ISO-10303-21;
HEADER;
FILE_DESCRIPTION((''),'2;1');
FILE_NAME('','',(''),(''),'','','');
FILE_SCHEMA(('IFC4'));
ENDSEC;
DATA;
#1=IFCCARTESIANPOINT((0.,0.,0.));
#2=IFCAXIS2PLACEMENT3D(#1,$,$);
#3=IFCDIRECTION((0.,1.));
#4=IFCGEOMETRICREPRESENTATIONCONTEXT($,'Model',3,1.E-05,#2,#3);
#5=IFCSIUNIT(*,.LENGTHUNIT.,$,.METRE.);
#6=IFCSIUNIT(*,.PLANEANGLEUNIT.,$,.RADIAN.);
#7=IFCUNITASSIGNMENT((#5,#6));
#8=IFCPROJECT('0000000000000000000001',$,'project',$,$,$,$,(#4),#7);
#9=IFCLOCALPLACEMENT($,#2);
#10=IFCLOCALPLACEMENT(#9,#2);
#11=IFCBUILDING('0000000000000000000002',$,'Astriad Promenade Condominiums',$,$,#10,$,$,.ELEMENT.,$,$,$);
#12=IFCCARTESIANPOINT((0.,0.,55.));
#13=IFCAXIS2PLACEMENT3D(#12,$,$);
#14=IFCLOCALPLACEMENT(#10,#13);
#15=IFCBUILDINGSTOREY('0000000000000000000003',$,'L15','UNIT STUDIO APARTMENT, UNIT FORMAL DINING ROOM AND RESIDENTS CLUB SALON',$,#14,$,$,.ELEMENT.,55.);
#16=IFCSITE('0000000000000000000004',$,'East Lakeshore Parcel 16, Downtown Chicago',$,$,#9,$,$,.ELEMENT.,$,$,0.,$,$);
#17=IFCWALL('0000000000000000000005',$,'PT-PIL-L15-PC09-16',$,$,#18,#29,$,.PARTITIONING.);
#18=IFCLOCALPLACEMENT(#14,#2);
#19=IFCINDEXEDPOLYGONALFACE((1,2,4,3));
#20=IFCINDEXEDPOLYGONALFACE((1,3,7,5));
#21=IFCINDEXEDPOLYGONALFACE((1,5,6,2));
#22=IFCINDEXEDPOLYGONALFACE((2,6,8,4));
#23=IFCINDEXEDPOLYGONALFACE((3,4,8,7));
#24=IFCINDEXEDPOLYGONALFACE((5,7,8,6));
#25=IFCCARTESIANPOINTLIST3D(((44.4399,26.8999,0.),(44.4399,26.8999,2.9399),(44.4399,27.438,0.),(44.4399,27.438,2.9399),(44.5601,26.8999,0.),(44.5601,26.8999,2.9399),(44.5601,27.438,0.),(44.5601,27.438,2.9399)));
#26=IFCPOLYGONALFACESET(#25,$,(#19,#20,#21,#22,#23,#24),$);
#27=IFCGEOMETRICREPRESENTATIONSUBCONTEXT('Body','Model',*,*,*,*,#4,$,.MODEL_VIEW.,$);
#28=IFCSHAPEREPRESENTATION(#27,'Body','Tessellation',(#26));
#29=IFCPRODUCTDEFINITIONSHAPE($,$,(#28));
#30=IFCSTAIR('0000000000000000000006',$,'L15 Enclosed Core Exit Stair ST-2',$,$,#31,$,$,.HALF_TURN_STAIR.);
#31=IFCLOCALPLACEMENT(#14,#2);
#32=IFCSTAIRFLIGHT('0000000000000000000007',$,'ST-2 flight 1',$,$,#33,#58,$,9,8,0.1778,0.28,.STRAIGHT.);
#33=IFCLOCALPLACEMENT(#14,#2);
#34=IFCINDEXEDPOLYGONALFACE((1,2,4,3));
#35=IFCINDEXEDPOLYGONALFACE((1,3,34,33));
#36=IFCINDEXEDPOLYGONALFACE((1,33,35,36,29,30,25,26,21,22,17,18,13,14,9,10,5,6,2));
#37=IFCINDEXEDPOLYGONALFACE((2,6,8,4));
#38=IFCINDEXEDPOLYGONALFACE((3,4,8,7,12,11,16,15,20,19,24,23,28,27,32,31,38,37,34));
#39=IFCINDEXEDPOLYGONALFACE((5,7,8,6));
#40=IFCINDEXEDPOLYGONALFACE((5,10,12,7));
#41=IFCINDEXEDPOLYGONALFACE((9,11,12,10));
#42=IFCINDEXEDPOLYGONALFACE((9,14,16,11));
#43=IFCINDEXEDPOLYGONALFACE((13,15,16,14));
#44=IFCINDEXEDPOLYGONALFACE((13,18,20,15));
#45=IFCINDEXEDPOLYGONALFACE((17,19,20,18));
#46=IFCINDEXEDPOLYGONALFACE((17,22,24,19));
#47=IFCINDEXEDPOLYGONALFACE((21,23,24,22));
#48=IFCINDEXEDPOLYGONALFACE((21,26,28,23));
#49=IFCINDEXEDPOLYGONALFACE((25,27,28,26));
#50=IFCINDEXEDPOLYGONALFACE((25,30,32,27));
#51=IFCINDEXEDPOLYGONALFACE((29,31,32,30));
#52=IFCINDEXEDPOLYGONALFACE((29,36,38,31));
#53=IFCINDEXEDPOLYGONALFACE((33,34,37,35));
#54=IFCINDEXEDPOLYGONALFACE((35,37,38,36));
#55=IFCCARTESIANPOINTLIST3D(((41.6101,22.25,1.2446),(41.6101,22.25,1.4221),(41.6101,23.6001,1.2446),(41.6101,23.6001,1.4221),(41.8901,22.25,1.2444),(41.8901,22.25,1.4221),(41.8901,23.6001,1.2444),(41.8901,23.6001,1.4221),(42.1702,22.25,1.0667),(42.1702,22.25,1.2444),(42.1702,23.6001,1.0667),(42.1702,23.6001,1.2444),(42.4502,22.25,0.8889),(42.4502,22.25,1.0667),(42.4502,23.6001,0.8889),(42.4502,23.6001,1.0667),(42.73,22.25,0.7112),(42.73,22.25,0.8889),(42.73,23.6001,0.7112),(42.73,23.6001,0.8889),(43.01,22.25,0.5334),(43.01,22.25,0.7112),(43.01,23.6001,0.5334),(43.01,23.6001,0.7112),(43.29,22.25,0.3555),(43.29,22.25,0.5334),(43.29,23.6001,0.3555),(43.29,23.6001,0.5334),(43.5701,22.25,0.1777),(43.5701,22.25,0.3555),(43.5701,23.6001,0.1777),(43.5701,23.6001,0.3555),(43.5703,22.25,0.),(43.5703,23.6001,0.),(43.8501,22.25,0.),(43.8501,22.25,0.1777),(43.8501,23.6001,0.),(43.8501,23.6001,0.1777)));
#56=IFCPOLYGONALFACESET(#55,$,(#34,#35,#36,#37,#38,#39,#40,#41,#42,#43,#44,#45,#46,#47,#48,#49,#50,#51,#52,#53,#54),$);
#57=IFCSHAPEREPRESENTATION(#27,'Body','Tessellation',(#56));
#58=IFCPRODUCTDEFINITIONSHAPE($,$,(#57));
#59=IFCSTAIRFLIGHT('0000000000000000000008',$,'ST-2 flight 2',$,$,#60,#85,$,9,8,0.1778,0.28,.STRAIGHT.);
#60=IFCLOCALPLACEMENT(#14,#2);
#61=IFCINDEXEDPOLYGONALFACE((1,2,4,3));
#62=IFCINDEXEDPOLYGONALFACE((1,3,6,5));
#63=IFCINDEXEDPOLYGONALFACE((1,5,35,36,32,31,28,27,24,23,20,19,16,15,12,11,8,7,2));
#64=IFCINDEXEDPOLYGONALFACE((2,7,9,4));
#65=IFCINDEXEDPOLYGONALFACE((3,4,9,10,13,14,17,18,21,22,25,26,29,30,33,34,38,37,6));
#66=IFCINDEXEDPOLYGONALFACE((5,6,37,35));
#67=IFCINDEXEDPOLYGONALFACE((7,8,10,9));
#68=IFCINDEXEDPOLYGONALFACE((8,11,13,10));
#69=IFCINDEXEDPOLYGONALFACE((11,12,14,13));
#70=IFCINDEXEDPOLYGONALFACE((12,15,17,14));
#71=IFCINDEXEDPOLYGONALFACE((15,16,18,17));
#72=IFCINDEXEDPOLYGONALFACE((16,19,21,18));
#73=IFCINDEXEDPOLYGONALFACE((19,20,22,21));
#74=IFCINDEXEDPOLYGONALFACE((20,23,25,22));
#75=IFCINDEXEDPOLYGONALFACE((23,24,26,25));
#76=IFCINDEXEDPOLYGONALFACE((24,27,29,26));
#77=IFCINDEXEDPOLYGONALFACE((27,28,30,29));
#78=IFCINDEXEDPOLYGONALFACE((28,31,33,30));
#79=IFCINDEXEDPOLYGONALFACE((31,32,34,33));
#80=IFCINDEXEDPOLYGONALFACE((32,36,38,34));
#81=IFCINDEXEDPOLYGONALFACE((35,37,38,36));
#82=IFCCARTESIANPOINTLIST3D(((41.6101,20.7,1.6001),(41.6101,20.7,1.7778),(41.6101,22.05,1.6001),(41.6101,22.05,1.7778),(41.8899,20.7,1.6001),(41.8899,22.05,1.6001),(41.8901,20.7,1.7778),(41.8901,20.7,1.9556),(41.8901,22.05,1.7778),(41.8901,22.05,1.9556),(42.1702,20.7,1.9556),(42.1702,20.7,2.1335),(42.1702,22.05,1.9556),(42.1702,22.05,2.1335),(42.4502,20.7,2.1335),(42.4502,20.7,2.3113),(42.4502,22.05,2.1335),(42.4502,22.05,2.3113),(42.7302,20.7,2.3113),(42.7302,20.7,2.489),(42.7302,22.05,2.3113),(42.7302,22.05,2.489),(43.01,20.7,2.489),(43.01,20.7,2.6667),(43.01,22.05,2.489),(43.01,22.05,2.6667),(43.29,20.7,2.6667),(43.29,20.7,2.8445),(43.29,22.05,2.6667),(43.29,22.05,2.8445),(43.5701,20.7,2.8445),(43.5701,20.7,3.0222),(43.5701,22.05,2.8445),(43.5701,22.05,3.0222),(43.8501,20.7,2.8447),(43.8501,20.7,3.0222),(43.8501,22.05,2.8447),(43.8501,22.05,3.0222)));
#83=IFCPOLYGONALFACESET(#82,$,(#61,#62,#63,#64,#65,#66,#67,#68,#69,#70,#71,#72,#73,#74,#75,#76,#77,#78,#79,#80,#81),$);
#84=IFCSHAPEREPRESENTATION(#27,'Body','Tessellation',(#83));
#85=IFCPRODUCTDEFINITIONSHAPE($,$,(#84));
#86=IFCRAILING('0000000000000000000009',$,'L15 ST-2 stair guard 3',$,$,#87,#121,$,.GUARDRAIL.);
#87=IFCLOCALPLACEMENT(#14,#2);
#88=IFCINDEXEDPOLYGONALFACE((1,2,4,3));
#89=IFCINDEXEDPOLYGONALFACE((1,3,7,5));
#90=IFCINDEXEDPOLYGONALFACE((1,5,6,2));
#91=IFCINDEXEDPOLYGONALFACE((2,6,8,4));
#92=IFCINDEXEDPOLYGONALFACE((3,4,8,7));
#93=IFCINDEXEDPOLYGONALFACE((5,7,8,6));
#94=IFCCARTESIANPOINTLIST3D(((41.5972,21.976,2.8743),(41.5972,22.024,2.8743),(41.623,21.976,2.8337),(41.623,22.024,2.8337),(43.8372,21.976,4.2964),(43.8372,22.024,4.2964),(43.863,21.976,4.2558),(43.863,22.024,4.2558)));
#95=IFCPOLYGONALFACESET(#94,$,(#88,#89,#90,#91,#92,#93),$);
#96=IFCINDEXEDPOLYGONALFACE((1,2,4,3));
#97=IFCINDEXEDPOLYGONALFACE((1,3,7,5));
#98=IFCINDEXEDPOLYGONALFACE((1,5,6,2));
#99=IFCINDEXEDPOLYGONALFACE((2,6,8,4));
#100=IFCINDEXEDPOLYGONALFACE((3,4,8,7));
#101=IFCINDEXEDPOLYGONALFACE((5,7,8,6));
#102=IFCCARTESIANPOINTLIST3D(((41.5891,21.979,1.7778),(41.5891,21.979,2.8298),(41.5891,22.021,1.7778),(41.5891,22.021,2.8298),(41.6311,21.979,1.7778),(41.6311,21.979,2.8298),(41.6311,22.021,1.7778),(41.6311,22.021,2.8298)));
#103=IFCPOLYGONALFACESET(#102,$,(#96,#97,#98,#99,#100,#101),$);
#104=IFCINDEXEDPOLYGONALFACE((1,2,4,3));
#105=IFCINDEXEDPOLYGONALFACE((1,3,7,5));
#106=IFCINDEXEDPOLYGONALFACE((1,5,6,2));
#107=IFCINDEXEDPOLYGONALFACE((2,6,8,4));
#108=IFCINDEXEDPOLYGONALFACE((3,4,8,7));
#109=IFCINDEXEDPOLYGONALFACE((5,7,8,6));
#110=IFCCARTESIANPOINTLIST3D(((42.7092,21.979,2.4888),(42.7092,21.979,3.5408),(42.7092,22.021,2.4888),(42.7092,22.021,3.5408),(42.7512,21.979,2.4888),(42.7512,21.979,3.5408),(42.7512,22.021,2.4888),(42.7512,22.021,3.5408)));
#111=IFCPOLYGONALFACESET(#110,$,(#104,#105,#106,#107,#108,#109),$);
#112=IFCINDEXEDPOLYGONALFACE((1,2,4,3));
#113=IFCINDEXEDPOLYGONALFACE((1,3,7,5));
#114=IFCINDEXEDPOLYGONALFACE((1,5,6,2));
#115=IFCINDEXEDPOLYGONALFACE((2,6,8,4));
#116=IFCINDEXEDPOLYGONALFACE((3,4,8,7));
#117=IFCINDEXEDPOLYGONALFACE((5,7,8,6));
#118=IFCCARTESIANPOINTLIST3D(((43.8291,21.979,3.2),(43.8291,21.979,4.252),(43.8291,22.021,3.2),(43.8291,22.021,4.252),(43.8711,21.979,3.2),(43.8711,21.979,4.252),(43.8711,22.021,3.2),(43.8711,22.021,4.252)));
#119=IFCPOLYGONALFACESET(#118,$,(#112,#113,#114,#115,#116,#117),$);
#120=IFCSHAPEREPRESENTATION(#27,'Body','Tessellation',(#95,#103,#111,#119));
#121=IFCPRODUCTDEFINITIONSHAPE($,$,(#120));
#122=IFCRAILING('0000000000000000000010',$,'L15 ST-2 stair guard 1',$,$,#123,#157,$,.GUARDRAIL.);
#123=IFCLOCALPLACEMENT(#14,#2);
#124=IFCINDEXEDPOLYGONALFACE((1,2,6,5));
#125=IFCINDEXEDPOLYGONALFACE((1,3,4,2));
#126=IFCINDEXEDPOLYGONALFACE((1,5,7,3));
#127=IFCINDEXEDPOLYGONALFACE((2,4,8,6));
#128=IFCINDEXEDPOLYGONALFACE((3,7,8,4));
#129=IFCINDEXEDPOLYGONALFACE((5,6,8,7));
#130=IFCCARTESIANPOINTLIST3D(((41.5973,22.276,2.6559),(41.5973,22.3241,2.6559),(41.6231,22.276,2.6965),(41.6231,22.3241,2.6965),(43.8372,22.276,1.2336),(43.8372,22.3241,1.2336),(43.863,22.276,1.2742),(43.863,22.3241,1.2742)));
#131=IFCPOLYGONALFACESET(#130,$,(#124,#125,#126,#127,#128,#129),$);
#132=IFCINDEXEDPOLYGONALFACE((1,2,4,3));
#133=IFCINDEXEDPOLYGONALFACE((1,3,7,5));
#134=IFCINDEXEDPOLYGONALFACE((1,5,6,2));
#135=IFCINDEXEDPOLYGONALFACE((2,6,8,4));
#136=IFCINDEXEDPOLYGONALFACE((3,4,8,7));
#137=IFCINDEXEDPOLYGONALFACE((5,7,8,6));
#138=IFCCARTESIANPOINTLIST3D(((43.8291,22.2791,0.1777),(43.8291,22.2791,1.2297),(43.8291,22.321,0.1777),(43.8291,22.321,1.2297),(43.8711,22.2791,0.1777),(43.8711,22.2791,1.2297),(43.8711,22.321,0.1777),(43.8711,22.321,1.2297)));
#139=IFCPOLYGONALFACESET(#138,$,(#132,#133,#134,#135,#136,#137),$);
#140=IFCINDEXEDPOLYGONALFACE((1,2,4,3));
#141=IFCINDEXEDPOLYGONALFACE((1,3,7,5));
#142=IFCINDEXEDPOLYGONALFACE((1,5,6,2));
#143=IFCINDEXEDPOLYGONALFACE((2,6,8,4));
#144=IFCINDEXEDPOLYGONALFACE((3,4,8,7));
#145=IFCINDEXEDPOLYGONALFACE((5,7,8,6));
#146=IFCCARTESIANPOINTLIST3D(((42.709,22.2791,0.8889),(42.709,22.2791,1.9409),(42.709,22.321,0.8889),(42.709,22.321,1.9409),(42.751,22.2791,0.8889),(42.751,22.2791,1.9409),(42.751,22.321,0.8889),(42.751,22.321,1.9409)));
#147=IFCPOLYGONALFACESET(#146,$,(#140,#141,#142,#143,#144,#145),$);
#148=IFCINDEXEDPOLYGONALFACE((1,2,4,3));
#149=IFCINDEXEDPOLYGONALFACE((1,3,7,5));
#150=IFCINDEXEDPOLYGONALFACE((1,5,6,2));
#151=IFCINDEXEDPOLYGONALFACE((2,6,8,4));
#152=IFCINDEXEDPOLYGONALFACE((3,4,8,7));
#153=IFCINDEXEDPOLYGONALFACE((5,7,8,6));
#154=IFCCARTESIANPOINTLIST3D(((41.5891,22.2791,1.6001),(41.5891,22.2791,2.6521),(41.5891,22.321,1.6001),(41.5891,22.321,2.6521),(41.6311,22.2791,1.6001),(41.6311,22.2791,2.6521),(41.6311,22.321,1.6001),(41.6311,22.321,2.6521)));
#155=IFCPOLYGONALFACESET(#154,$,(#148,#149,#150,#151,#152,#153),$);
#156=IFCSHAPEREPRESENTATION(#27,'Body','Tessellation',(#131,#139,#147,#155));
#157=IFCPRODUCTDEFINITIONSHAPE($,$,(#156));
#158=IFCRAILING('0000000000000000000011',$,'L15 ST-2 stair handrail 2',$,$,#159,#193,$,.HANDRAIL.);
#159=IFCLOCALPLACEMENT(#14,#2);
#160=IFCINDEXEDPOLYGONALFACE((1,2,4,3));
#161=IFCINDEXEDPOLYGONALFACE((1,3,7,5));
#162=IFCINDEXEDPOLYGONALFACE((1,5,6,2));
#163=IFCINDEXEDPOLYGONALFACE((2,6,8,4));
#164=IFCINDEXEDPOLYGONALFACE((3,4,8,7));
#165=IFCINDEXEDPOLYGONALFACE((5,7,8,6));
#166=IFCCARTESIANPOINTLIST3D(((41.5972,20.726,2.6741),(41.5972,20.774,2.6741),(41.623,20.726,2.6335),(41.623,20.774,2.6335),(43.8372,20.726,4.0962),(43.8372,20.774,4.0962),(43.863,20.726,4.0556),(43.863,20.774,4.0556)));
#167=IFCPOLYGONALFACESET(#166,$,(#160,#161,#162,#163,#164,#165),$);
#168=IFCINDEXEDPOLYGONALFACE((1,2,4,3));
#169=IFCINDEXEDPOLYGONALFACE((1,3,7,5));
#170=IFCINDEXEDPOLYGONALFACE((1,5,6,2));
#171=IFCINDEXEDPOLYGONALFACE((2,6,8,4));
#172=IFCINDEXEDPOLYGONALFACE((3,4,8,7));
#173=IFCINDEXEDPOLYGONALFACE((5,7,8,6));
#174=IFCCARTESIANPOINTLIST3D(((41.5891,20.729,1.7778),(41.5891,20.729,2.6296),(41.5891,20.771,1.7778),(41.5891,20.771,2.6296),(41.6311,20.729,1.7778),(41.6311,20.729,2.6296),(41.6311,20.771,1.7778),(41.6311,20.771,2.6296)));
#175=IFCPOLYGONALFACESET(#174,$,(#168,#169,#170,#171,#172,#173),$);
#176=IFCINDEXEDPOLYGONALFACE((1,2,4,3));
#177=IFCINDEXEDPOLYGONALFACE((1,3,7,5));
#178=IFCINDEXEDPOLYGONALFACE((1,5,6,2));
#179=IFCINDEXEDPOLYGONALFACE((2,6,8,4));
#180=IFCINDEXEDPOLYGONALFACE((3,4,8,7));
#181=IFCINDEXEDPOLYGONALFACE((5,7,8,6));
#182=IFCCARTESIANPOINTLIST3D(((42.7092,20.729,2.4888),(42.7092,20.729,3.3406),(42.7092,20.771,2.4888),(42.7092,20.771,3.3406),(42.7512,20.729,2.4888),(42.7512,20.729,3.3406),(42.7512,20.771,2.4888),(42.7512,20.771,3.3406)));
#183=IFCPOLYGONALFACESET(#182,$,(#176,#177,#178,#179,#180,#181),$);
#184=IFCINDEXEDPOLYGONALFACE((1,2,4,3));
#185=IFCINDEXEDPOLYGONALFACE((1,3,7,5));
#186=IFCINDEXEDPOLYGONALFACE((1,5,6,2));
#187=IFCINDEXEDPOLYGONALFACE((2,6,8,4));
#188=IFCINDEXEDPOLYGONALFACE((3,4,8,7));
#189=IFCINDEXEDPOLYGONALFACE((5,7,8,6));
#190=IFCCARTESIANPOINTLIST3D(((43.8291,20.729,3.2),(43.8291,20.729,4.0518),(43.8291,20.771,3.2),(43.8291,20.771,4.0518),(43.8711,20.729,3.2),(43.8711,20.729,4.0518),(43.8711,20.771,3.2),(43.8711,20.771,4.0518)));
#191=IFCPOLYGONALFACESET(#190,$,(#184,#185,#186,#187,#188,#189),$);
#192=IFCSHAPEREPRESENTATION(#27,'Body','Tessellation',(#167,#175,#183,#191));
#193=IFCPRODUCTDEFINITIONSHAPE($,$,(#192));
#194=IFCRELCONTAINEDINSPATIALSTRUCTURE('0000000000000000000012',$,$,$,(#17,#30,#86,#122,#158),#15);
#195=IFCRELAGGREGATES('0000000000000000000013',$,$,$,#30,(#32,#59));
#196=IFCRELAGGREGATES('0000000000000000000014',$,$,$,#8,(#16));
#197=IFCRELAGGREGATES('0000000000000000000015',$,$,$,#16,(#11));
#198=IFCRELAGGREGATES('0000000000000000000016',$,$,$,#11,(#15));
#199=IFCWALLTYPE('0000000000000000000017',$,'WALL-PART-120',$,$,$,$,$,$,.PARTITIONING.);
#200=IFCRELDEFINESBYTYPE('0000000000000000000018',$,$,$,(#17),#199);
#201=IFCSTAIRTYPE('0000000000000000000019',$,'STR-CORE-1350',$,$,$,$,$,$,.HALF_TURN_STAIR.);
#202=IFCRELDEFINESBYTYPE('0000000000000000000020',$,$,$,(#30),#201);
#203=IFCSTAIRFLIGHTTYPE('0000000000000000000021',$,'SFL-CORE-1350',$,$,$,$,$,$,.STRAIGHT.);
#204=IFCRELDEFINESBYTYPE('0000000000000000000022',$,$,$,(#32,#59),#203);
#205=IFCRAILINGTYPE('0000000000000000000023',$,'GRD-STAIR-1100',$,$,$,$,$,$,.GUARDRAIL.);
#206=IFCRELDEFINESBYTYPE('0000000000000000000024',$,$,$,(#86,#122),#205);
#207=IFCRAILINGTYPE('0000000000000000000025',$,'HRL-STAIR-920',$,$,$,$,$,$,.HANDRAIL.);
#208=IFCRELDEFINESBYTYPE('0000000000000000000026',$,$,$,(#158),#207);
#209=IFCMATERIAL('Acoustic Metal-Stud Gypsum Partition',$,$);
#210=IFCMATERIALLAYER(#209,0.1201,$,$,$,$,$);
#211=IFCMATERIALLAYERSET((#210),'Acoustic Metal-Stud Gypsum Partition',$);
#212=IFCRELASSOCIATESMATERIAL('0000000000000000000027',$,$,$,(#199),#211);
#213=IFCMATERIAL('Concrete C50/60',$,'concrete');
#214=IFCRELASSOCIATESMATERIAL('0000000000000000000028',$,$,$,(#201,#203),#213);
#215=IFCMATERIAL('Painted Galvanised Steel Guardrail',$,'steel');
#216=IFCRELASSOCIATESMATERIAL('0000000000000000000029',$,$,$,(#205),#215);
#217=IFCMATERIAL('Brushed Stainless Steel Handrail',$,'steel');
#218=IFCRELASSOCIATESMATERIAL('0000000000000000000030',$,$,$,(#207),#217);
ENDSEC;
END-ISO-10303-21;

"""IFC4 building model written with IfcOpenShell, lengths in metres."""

from ifc_helpers import new_model, si_unit, direction, frame, frame_2d, origin, origin_2d, place, context, subcontext, project, spatial, polyline, rectangle, outline, extrude, source, transform, mapped, material, layer, layer_set, type_object, type_shapes, element, aggregate, save


model = new_model("IFC4")

# Units and contexts
model_context = context("Model", 3, precision=1e-05, world=origin(), true_north=direction((0.0, 1.0)))
body_context = subcontext(model_context, "Body", "Model", "MODEL_VIEW")
ifc_project = project(units=[si_unit("LENGTHUNIT", "METRE"), si_unit("PLANEANGLEUNIT", "RADIAN")], contexts=[model_context])

# Site, building, storey
site_placement = place(None, origin())
site = spatial("IfcSite", under=ifc_project, at=site_placement, Name="East Lakeshore Parcel 16, Downtown Chicago", CompositionType="ELEMENT", RefElevation=0.0)
building_placement = place(site_placement, origin())
building = spatial("IfcBuilding", under=site, at=building_placement, Name="Astriad Promenade Condominiums", CompositionType="ELEMENT")
storey_placement = place(building_placement, frame((0.0, 0.0, 55.0)))
storey = spatial("IfcBuildingStorey", under=building, at=storey_placement, Name="L15", Description="UNIT STUDIO APARTMENT, UNIT FORMAL DINING ROOM AND RESIDENTS CLUB SALON", CompositionType="ELEMENT", Elevation=55.0)

# Shared definitions
ifc_material_1 = material(Name="Concrete C50/60", Category="concrete")

# Wall
ifc_material_2 = material(Name="Acoustic Metal-Stud Gypsum Partition")
ifc_layer_1 = layer(ifc_material_2, 0.1201)
ifc_layer_set_1 = layer_set([ifc_layer_1], Name="Acoustic Metal-Stud Gypsum Partition")
wall_type_1 = type_object("IfcWallType", Name="WALL-PART-120", PredefinedType="PARTITIONING", material=ifc_layer_set_1)
wall_1_placement = place(storey_placement, frame((44.5, 26.8999, 0.0), z_axis=(0.0, 0.0, 1.0), x_axis=(0.0, 1.0, 0.0)))
element("IfcWall", 1, at=wall_1_placement, inside=storey, type_object=wall_type_1, Name="PT-PIL-L15-PC09-16", PredefinedType="PARTITIONING", context=body_context, shape_type="SweptSolid", body=[
    extrude(rectangle(XDim=0.5381, YDim=0.1201, at=frame_2d((0.269, 0.0))), origin(), (0.0, 0.0, 1.0), 2.9399),
])

# Stair, stair flights
stair_type = type_object("IfcStairType", Name="STR-CORE-1350", PredefinedType="HALF_TURN_STAIR", material=ifc_material_1)
stair_placement = place(storey_placement, origin())
stair = element("IfcStair", 2, at=stair_placement, inside=storey, type_object=stair_type, Name="L15 Enclosed Core Exit Stair ST-2", PredefinedType="HALF_TURN_STAIR")
stair_flight_type = type_object("IfcStairFlightType", Name="SFL-CORE-1350", PredefinedType="STRAIGHT", material=ifc_material_1)
shared_shape_1 = source(origin(), body_context, "Body", "SweptSolid", [
    extrude(outline(polyline([(0.0, 0.0), (0.0, 0.1777), (0.28, 0.1777), (0.28, 0.3555), (0.5601, 0.3555), (0.5601, 0.5334), (0.8401, 0.5334), (0.8401, 0.7112), (1.1201, 0.7112), (1.1201, 0.8889), (1.3999, 0.8889), (1.3999, 1.0667), (1.6799, 1.0667), (1.6799, 1.2444), (1.96, 1.2444), (1.96, 1.4221), (2.24, 1.4221), (2.24, 1.6001), (2.24, 1.2446), (0.2798, 0.0), (0.0, 0.0)])), frame((0.0, 0.675, 0.0), z_axis=(0.0, -1.0, 0.0), x_axis=(1.0, 0.0, 0.0)), (0.0, 0.0, 1.0), 1.3501),
])
type_shapes(stair_flight_type, [shared_shape_1])
stair_flight_1_placement = place(storey_placement, frame((43.8501, 22.925, 0.0), z_axis=(0.0, 0.0, 1.0), x_axis=(-1.0, 0.0, 0.0)))
stair_flight_1 = element("IfcStairFlight", 3, at=stair_flight_1_placement, type_object=stair_flight_type, Name="ST-2 flight 1", NumberOfRisers=9, NumberOfTreads=8, PredefinedType="STRAIGHT", RiserHeight=0.1778, TreadLength=0.28, context=body_context, shape_type="MappedRepresentation", body=[
    mapped(shared_shape_1, transform((0.0, 0.0, 0.0), scale=1.0)),
])
stair_flight_2_placement = place(storey_placement, frame((41.6101, 21.375, 1.6001), z_axis=(0.0, 0.0, 1.0), x_axis=(1.0, 0.0, 0.0)))
stair_flight_2 = element("IfcStairFlight", 4, at=stair_flight_2_placement, type_object=stair_flight_type, Name="ST-2 flight 2", NumberOfRisers=9, NumberOfTreads=8, PredefinedType="STRAIGHT", RiserHeight=0.1778, TreadLength=0.28, context=body_context, shape_type="MappedRepresentation", body=[
    mapped(shared_shape_1, transform((0.0, 0.0, 0.0), scale=1.0)),
])
aggregate(stair, [stair_flight_1, stair_flight_2])

# Railings
ifc_material_3 = material(Name="Painted Galvanised Steel Guardrail", Category="steel")
railing_type_1 = type_object("IfcRailingType", Name="GRD-STAIR-1100", PredefinedType="GUARDRAIL", material=ifc_material_3)
shared_shape_2 = source(origin(), body_context, "Body", "SweptSolid", [
    extrude(rectangle(XDim=0.0481, YDim=0.0481, at=origin_2d()), frame((0.0, 0.0, 1.0762), z_axis=(0.844229, 0.0, 0.535982), x_axis=(0.0, 1.0, 0.0)), (0.0, 0.0, 1.0), 2.6533),
    extrude(rectangle(XDim=0.042, YDim=0.042, at=origin_2d()), origin(), (0.0, 0.0, 1.0), 1.052),
    extrude(rectangle(XDim=0.042, YDim=0.042, at=origin_2d()), frame((1.1201, 0.0, 0.7109)), (0.0, 0.0, 1.0), 1.052),
    extrude(rectangle(XDim=0.042, YDim=0.042, at=origin_2d()), frame((2.24, 0.0, 1.4221)), (0.0, 0.0, 1.0), 1.052),
])
railing_1_placement = place(storey_placement, frame((41.6101, 22.0, 1.7778)))
element("IfcRailing", 5, at=railing_1_placement, inside=storey, type_object=railing_type_1, Name="L15 ST-2 stair guard 3", PredefinedType="GUARDRAIL", context=body_context, shape_type="MappedRepresentation", body=[
    mapped(shared_shape_2, transform((0.0, 0.0, 0.0), scale=1.0)),
])
shared_shape_3 = source(origin(), body_context, "Body", "SweptSolid", [
    extrude(rectangle(XDim=0.0481, YDim=0.0481, at=origin_2d()), frame((0.0, 0.0, 1.0762), z_axis=(-0.844188, 0.0, 0.536048), x_axis=(0.0, -1.0, 0.0)), (0.0, 0.0, 1.0), 2.6533),
    extrude(rectangle(XDim=0.042, YDim=0.042, at=origin_2d()), origin(), (0.0, 0.0, 1.0), 1.052),
    extrude(rectangle(XDim=0.042, YDim=0.042, at=origin_2d()), frame((-1.1201, 0.0, 0.7112)), (0.0, 0.0, 1.0), 1.052),
    extrude(rectangle(XDim=0.042, YDim=0.042, at=origin_2d()), frame((-2.24, 0.0, 1.4224)), (0.0, 0.0, 1.0), 1.052),
])
railing_2_placement = place(storey_placement, frame((43.8501, 22.3, 0.1777)))
element("IfcRailing", 6, at=railing_2_placement, inside=storey, type_object=railing_type_1, Name="L15 ST-2 stair guard 1", PredefinedType="GUARDRAIL", context=body_context, shape_type="MappedRepresentation", body=[
    mapped(shared_shape_3, transform((0.0, 0.0, 0.0), scale=1.0)),
])
ifc_material_4 = material(Name="Brushed Stainless Steel Handrail", Category="steel")
railing_type_2 = type_object("IfcRailingType", Name="HRL-STAIR-920", PredefinedType="HANDRAIL", material=ifc_material_4)
shared_shape_4 = source(origin(), body_context, "Body", "SweptSolid", [
    extrude(rectangle(XDim=0.0481, YDim=0.0481, at=origin_2d()), frame((0.0, 0.0, 0.876), z_axis=(0.844229, 0.0, 0.535982), x_axis=(0.0, 1.0, 0.0)), (0.0, 0.0, 1.0), 2.6533),
    extrude(rectangle(XDim=0.042, YDim=0.042, at=origin_2d()), origin(), (0.0, 0.0, 1.0), 0.8518),
    extrude(rectangle(XDim=0.042, YDim=0.042, at=origin_2d()), frame((1.1201, 0.0, 0.7109)), (0.0, 0.0, 1.0), 0.8518),
    extrude(rectangle(XDim=0.042, YDim=0.042, at=origin_2d()), frame((2.24, 0.0, 1.4221)), (0.0, 0.0, 1.0), 0.8518),
])
railing_3_placement = place(storey_placement, frame((41.6101, 20.75, 1.7778)))
element("IfcRailing", 7, at=railing_3_placement, inside=storey, type_object=railing_type_2, Name="L15 ST-2 stair handrail 2", PredefinedType="HANDRAIL", context=body_context, shape_type="MappedRepresentation", body=[
    mapped(shared_shape_4, transform((0.0, 0.0, 0.0), scale=1.0)),
])

save(model, "model.ifc")
